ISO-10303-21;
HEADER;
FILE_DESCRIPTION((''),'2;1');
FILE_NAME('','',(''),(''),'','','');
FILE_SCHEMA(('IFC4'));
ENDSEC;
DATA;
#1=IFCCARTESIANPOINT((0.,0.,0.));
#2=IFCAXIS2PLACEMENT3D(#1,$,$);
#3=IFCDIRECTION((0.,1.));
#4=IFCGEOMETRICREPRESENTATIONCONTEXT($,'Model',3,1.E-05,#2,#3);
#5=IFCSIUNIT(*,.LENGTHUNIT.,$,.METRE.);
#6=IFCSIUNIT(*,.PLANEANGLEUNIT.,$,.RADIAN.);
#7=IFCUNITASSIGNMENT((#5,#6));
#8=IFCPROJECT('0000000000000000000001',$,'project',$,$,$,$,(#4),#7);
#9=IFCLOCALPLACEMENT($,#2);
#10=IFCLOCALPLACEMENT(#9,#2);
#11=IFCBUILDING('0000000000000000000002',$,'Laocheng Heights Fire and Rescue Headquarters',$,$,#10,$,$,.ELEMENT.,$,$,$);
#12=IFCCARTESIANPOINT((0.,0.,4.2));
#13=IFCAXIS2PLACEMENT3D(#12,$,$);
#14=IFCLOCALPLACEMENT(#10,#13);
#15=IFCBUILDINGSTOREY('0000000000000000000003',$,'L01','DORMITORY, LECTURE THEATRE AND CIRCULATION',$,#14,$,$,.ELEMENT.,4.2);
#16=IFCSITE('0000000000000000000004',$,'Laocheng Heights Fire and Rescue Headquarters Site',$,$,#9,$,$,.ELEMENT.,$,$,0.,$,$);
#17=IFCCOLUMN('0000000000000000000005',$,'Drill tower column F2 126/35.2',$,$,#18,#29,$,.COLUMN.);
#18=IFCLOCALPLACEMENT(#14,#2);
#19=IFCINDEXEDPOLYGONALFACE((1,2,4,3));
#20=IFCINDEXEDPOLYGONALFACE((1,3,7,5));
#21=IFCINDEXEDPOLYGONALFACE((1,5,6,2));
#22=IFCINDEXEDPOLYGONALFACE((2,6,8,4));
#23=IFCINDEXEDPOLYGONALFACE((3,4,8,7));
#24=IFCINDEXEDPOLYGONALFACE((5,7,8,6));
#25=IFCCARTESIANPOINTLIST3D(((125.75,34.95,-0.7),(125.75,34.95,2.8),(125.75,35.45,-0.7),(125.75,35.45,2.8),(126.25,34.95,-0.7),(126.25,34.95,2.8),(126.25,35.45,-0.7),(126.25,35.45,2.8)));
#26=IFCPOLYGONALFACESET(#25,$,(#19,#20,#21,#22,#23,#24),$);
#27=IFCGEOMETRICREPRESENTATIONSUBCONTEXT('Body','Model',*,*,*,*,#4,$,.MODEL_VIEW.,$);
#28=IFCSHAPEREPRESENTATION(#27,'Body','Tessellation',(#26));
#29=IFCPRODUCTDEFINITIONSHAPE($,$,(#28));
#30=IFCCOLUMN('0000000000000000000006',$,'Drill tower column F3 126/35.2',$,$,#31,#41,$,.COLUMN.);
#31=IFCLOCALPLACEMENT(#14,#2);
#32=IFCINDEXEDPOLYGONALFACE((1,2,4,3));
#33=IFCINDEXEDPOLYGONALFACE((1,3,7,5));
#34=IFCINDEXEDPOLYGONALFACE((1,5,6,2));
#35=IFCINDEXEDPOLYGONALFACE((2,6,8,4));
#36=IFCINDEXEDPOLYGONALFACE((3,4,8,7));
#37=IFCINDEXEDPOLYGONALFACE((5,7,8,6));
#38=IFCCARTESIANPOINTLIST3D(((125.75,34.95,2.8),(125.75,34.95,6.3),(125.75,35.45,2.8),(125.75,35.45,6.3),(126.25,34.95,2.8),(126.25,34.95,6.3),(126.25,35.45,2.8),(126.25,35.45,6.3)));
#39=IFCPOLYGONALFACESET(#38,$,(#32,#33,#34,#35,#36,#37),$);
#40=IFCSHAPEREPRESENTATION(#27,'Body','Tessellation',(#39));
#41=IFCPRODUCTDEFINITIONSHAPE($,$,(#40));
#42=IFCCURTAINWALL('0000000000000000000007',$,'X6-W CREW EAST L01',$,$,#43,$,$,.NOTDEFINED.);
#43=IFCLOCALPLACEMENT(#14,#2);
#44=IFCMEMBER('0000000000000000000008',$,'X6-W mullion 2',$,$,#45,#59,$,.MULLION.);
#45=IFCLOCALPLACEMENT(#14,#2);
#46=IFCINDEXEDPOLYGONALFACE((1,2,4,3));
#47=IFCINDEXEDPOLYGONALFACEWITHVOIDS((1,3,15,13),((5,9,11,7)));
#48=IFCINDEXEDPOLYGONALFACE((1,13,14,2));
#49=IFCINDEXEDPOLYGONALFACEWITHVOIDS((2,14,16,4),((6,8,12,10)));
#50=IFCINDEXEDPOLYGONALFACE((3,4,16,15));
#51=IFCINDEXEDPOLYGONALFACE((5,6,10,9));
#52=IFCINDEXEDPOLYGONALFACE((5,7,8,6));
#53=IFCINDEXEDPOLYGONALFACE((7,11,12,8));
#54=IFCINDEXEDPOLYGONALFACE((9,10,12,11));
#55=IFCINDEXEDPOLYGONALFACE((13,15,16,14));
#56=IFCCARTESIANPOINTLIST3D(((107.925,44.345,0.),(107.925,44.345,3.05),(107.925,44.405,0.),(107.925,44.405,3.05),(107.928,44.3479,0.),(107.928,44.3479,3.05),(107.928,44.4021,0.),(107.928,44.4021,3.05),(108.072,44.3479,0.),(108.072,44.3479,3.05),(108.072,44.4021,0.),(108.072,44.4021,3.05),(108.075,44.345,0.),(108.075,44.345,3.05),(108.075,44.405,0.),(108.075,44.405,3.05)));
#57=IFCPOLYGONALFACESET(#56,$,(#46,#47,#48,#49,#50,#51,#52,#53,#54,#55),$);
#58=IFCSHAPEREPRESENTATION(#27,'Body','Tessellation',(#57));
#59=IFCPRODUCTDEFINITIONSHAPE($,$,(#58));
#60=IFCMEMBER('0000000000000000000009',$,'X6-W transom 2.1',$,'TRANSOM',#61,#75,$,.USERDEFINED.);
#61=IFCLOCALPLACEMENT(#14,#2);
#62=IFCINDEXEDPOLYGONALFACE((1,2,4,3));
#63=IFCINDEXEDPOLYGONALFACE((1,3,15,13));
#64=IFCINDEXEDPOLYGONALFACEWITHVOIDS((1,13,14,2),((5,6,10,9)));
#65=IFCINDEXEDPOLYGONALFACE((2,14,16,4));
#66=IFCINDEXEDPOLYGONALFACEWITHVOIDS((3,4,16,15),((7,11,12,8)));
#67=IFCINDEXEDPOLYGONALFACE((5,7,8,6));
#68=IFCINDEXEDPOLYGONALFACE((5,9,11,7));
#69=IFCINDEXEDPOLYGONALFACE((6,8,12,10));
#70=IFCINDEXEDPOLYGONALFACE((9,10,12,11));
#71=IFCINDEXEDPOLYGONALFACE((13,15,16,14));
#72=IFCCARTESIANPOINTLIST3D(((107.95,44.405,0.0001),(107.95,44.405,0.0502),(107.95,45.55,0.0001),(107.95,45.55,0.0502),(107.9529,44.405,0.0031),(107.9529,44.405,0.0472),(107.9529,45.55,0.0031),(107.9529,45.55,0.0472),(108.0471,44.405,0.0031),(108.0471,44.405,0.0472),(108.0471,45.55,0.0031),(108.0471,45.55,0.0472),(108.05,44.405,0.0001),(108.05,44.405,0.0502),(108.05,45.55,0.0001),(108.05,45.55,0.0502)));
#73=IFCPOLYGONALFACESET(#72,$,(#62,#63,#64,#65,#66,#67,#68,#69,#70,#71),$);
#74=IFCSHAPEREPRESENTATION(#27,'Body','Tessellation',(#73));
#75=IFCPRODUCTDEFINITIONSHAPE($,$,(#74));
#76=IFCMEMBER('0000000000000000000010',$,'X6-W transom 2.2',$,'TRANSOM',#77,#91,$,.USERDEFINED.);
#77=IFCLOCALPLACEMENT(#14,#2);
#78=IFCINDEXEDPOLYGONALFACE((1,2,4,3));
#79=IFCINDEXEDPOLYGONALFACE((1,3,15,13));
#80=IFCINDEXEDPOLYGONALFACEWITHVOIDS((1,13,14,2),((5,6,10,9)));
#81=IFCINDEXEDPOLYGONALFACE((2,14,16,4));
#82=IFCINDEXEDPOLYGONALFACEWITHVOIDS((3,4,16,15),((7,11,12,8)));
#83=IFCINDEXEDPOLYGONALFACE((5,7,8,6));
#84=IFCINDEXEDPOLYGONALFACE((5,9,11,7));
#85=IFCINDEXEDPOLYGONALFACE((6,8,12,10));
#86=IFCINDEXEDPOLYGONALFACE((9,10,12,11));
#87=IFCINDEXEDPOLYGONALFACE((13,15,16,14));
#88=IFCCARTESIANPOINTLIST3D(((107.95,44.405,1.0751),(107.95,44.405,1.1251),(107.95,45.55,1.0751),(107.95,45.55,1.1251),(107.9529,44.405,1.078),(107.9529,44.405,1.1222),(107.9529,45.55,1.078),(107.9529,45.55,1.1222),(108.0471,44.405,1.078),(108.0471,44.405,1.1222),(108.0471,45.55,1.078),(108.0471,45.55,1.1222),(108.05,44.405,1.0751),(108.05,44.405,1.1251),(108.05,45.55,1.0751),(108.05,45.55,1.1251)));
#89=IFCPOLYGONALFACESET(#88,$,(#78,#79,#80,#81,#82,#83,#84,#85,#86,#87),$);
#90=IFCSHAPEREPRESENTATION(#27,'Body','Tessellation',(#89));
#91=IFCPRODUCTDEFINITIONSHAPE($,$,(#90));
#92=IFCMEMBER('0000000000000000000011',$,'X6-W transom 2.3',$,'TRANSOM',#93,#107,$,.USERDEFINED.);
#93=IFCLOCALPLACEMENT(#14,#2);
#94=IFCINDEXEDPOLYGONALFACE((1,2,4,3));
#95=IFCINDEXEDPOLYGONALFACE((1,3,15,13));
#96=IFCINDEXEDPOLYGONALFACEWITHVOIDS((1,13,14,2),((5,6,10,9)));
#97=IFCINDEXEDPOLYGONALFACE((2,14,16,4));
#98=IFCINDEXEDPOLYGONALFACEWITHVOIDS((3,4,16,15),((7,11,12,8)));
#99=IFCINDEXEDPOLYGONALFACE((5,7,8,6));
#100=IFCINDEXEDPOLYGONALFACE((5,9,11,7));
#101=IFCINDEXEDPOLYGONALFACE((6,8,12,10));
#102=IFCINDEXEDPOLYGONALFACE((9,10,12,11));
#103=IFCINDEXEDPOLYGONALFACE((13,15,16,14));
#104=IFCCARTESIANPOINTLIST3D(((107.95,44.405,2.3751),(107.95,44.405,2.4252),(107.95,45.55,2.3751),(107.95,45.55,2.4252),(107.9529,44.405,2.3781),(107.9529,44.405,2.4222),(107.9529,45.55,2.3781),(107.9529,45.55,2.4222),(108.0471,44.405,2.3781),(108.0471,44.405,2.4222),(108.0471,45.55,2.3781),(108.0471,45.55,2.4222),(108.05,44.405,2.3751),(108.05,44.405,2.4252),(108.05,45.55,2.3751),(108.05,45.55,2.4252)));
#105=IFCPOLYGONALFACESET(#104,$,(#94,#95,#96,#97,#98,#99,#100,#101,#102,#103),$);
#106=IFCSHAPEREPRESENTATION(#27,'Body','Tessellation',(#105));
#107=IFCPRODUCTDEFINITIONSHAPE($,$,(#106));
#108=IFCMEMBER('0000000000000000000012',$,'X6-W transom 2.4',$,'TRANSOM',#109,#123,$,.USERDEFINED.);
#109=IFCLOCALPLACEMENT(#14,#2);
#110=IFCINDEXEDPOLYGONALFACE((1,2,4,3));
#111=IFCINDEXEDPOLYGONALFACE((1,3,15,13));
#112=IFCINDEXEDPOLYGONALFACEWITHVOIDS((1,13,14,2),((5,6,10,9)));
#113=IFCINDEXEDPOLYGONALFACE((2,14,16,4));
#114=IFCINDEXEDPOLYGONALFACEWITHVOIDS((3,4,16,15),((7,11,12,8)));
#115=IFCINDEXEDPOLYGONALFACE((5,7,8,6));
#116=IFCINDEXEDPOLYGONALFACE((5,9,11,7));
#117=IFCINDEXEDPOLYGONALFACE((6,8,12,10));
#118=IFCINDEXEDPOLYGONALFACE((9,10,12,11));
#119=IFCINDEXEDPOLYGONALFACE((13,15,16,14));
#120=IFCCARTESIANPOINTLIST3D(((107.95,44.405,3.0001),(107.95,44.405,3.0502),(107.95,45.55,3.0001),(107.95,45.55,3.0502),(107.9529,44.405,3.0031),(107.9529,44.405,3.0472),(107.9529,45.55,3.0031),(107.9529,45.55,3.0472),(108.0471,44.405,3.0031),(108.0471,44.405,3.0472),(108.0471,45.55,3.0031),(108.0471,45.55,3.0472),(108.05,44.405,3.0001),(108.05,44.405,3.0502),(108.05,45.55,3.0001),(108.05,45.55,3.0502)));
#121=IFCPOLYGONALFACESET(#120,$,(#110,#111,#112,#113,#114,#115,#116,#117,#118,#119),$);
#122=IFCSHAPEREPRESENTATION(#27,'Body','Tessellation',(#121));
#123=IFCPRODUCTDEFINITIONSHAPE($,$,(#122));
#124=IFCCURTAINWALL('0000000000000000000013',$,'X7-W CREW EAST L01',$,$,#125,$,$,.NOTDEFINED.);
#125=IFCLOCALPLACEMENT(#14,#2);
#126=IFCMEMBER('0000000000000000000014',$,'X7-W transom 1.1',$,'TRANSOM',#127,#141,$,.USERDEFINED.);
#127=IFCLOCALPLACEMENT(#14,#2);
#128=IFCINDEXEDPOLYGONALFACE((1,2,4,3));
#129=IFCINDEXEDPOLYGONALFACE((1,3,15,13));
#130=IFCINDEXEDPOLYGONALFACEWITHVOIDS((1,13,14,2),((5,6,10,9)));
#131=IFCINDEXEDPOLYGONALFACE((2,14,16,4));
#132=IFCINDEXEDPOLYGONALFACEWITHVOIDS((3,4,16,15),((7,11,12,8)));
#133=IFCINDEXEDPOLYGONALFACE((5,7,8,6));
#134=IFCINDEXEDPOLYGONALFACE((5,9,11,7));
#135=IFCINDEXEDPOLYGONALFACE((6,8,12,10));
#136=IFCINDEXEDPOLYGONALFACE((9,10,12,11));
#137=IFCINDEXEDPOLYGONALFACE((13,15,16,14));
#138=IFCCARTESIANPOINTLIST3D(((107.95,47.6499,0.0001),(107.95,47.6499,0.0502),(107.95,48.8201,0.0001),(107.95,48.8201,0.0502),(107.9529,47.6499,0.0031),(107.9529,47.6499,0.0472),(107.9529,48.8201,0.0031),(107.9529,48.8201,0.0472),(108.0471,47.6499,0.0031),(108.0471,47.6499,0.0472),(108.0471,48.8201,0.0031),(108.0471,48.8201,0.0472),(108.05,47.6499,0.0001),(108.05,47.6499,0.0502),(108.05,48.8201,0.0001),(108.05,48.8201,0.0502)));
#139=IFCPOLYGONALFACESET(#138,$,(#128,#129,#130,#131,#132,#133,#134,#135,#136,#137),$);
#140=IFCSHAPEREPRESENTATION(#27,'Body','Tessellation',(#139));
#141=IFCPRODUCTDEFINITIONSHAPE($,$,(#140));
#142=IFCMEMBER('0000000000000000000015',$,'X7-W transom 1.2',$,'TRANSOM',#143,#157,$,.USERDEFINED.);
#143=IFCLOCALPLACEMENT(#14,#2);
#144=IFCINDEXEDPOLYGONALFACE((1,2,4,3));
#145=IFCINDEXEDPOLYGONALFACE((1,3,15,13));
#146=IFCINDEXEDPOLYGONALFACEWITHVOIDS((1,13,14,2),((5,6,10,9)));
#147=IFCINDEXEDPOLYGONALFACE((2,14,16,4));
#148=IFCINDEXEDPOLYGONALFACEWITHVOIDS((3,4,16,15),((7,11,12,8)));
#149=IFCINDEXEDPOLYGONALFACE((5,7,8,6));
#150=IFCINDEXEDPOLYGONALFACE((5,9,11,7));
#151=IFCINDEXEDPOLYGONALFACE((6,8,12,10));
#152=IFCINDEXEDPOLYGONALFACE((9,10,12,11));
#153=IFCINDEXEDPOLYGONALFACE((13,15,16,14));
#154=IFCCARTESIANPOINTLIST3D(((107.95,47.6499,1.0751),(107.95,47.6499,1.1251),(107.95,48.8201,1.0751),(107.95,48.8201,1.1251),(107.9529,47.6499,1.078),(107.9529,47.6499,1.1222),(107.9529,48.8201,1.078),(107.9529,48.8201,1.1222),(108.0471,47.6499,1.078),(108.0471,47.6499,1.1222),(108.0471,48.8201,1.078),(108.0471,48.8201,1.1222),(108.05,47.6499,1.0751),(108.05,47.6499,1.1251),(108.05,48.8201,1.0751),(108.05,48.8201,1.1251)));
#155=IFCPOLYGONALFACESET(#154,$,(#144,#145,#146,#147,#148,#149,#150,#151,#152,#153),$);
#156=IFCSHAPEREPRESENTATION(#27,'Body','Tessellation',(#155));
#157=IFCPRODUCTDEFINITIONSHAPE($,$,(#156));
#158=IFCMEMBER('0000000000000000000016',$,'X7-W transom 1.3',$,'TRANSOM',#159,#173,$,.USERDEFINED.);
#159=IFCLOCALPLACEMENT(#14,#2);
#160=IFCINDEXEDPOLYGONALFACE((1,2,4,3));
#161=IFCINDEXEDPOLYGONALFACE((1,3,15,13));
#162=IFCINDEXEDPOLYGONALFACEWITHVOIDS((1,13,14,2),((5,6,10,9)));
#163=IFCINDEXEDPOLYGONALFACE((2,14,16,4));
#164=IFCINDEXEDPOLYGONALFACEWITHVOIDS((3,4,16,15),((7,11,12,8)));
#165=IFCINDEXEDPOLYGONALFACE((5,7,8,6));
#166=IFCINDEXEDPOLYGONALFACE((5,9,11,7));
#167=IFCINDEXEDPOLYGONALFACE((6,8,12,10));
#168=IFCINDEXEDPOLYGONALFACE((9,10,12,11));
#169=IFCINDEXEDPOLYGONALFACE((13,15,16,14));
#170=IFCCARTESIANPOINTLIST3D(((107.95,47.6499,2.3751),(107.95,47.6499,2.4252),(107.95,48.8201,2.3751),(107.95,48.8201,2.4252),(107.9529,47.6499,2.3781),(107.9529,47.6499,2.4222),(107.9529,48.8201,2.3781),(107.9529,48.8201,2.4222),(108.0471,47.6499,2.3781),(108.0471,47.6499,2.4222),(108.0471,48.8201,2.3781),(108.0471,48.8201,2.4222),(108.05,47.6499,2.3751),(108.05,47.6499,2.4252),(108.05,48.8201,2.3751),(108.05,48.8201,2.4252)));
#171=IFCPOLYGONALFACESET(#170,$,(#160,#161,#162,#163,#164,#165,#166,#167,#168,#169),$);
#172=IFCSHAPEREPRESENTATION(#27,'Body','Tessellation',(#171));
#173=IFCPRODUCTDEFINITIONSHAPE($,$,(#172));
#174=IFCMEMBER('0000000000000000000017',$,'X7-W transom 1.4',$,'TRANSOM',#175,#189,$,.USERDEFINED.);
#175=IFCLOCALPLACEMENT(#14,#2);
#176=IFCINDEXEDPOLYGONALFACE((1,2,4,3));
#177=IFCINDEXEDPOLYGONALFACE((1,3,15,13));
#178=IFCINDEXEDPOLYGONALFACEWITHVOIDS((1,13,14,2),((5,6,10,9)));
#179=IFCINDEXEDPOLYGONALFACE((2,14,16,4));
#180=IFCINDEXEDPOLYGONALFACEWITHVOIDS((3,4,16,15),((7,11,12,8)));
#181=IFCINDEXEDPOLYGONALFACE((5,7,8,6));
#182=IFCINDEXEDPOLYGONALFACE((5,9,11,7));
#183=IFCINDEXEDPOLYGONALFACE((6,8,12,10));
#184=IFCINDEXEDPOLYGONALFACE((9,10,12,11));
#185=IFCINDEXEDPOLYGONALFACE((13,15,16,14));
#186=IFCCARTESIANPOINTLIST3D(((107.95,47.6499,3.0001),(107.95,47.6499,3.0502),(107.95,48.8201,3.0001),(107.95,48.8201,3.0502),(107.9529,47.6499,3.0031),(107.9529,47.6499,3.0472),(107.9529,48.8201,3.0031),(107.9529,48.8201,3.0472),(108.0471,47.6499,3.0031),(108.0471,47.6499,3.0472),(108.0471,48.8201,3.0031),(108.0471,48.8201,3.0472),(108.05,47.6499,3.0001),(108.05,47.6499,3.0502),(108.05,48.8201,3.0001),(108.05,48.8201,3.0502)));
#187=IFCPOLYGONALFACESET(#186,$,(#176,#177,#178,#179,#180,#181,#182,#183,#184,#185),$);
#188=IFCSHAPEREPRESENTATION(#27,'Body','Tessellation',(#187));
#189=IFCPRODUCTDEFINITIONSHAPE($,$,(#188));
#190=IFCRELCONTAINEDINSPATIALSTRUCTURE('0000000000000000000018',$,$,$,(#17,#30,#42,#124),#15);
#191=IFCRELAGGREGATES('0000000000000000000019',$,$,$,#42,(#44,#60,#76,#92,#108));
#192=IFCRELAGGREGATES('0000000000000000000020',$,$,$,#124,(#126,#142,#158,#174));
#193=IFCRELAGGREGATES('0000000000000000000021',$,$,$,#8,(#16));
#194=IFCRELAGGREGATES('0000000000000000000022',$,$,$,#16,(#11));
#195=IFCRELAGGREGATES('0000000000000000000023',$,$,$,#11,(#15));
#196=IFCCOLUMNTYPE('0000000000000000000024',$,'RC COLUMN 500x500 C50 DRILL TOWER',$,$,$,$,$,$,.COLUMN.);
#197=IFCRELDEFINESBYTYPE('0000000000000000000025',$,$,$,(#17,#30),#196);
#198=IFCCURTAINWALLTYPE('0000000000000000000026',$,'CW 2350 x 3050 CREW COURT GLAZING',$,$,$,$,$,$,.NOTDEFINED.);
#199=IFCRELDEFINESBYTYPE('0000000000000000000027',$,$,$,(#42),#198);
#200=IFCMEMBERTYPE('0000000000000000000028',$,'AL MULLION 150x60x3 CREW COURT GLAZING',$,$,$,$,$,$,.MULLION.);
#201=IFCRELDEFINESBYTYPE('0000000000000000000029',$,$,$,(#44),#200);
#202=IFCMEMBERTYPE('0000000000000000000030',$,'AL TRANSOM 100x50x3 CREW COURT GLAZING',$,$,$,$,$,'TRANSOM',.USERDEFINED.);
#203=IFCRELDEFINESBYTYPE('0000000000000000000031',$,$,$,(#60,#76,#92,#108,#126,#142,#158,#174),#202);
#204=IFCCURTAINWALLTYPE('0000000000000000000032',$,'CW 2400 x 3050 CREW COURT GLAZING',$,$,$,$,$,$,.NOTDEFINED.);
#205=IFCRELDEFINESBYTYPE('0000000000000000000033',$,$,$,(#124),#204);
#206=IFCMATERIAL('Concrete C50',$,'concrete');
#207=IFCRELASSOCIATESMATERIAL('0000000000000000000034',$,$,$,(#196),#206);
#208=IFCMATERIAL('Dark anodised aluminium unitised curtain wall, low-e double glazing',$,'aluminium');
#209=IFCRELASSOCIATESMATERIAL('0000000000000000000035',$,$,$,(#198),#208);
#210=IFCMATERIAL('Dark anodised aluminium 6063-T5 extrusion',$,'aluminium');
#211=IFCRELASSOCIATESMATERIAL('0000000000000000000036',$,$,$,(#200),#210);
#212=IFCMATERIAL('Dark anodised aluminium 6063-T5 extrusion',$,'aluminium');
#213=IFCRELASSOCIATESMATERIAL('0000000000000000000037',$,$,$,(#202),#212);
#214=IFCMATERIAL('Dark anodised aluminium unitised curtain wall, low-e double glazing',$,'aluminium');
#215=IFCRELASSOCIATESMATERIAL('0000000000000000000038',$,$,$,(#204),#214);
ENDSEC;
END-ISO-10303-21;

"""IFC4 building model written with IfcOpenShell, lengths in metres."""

from ifc_helpers import new_model, si_unit, direction, frame, origin, origin_2d, place, context, subcontext, project, spatial, rectangle, hollow_rectangle, extrude, material, material_profile, profile_set, type_object, element, aggregate, save


model = new_model("IFC4")

# Units and contexts
model_context = context("Model", 3, precision=1e-05, world=origin(), true_north=direction((0.0, 1.0)))
body_context = subcontext(model_context, "Body", "Model", "MODEL_VIEW")
ifc_project = project(units=[si_unit("LENGTHUNIT", "METRE"), si_unit("PLANEANGLEUNIT", "RADIAN")], contexts=[model_context])

# Site, building, storey
site_placement = place(None, origin())
site = spatial("IfcSite", under=ifc_project, at=site_placement, Name="Laocheng Heights Fire and Rescue Headquarters Site", CompositionType="ELEMENT", RefElevation=0.0)
building_placement = place(site_placement, origin())
building = spatial("IfcBuilding", under=site, at=building_placement, Name="Laocheng Heights Fire and Rescue Headquarters", CompositionType="ELEMENT")
storey_placement = place(building_placement, frame((0.0, 0.0, 4.2)))
storey = spatial("IfcBuildingStorey", under=building, at=storey_placement, Name="L01", Description="DORMITORY, LECTURE THEATRE AND CIRCULATION", CompositionType="ELEMENT", Elevation=4.2)

# Columns
ifc_material_1 = material(Name="Concrete C50", Category="concrete")
ifc_material_profile_1 = material_profile(ifc_material_1, rectangle(XDim=0.5, YDim=0.5, at=origin_2d()), Name="RC COLUMN 500x500 C50 DRILL TOWER")
ifc_profile_set_1 = profile_set([ifc_material_profile_1], Name="Concrete C50")
column_type = type_object("IfcColumnType", Name="RC COLUMN 500x500 C50 DRILL TOWER", PredefinedType="COLUMN", material=ifc_profile_set_1)
for number, where, z_axis, x_axis, name in (
    (1, (126.0, 35.2, -0.7), (0.0, 0.0, 1.0), (1.0, 0.0, 0.0), "Drill tower column F2 126/35.2"),
    (2, (126.0, 35.2, 2.8), (0.0, 0.0, 1.0), (1.0, 0.0, 0.0), "Drill tower column F3 126/35.2"),
):
    element("IfcColumn", number, at=place(storey_placement, frame(where, z_axis=z_axis, x_axis=x_axis)), inside=storey, type_object=column_type, Name=name, PredefinedType="COLUMN", context=body_context, shape_type="SweptSolid", body=[
        extrude(rectangle(XDim=0.5, YDim=0.5, at=origin_2d()), origin(), (0.0, 0.0, 1.0), 3.5),
    ])

# Curtain walls, members
ifc_material_2 = material(Name="Dark anodised aluminium unitised curtain wall, low-e double glazing", Category="aluminium")
curtain_wall_type_1 = type_object("IfcCurtainWallType", Name="CW 2350 x 3050 CREW COURT GLAZING", PredefinedType="NOTDEFINED", material=ifc_material_2)
curtain_wall_1_placement = place(storey_placement, origin())
curtain_wall_1 = element("IfcCurtainWall", 3, at=curtain_wall_1_placement, inside=storey, type_object=curtain_wall_type_1, Name="X6-W CREW EAST L01", PredefinedType="NOTDEFINED")
ifc_material_3 = material(Name="Dark anodised aluminium 6063-T5 extrusion", Category="aluminium")
ifc_material_profile_2 = material_profile(ifc_material_3, hollow_rectangle(XDim=0.1499, YDim=0.0601, WallThickness=0.0029, at=origin_2d()), Name="AL MULLION 150x60x3 CREW COURT GLAZING")
ifc_profile_set_2 = profile_set([ifc_material_profile_2], Name="Dark anodised aluminium 6063-T5 extrusion")
member_type_1 = type_object("IfcMemberType", Name="AL MULLION 150x60x3 CREW COURT GLAZING", PredefinedType="MULLION", material=ifc_profile_set_2)
member_1_placement = place(storey_placement, frame((108.0, 44.375, 0.0), z_axis=(0.0, 0.0, 1.0), x_axis=(-1.0, 0.0, 0.0)))
member_1 = element("IfcMember", 4, at=member_1_placement, type_object=member_type_1, Name="X6-W mullion 2", PredefinedType="MULLION", context=body_context, shape_type="SweptSolid", body=[
    extrude(hollow_rectangle(XDim=0.1499, YDim=0.0601, WallThickness=0.0029, at=origin_2d()), origin(), (0.0, 0.0, 1.0), 3.05),
])
ifc_material_4 = material(Name="Dark anodised aluminium 6063-T5 extrusion", Category="aluminium")
ifc_material_profile_3 = material_profile(ifc_material_4, hollow_rectangle(XDim=0.1001, YDim=0.05, WallThickness=0.0029, at=origin_2d()), Name="AL TRANSOM 100x50x3 CREW COURT GLAZING")
ifc_profile_set_3 = profile_set([ifc_material_profile_3], Name="Dark anodised aluminium 6063-T5 extrusion")
member_type_2 = type_object("IfcMemberType", Name="AL TRANSOM 100x50x3 CREW COURT GLAZING", ElementType="TRANSOM", PredefinedType="USERDEFINED", material=ifc_profile_set_3)
member_2_placement = place(storey_placement, frame((108.0, 44.405, 0.0251), z_axis=(0.0, 1.0, 0.0), x_axis=(-1.0, 0.0, 0.0)))
member_2 = element("IfcMember", 5, at=member_2_placement, type_object=member_type_2, Name="X6-W transom 2.1", ObjectType="TRANSOM", PredefinedType="USERDEFINED", context=body_context, shape_type="SweptSolid", body=[
    extrude(hollow_rectangle(XDim=0.1001, YDim=0.05, WallThickness=0.0029, at=origin_2d()), origin(), (0.0, 0.0, 1.0), 1.145),
])
member_3_placement = place(storey_placement, frame((108.0, 44.405, 1.1001), z_axis=(0.0, 1.0, 0.0), x_axis=(-1.0, 0.0, 0.0)))
member_3 = element("IfcMember", 6, at=member_3_placement, type_object=member_type_2, Name="X6-W transom 2.2", ObjectType="TRANSOM", PredefinedType="USERDEFINED", context=body_context, shape_type="SweptSolid", body=[
    extrude(hollow_rectangle(XDim=0.1001, YDim=0.05, WallThickness=0.0029, at=origin_2d()), origin(), (0.0, 0.0, 1.0), 1.145),
])
member_4_placement = place(storey_placement, frame((108.0, 44.405, 2.4001), z_axis=(0.0, 1.0, 0.0), x_axis=(-1.0, 0.0, 0.0)))
member_4 = element("IfcMember", 7, at=member_4_placement, type_object=member_type_2, Name="X6-W transom 2.3", ObjectType="TRANSOM", PredefinedType="USERDEFINED", context=body_context, shape_type="SweptSolid", body=[
    extrude(hollow_rectangle(XDim=0.1001, YDim=0.05, WallThickness=0.0029, at=origin_2d()), origin(), (0.0, 0.0, 1.0), 1.145),
])
member_5_placement = place(storey_placement, frame((108.0, 44.405, 3.0251), z_axis=(0.0, 1.0, 0.0), x_axis=(-1.0, 0.0, 0.0)))
member_5 = element("IfcMember", 8, at=member_5_placement, type_object=member_type_2, Name="X6-W transom 2.4", ObjectType="TRANSOM", PredefinedType="USERDEFINED", context=body_context, shape_type="SweptSolid", body=[
    extrude(hollow_rectangle(XDim=0.1001, YDim=0.05, WallThickness=0.0029, at=origin_2d()), origin(), (0.0, 0.0, 1.0), 1.145),
])
ifc_material_5 = material(Name="Dark anodised aluminium unitised curtain wall, low-e double glazing", Category="aluminium")
curtain_wall_type_2 = type_object("IfcCurtainWallType", Name="CW 2400 x 3050 CREW COURT GLAZING", PredefinedType="NOTDEFINED", material=ifc_material_5)
curtain_wall_2_placement = place(storey_placement, origin())
curtain_wall_2 = element("IfcCurtainWall", 9, at=curtain_wall_2_placement, inside=storey, type_object=curtain_wall_type_2, Name="X7-W CREW EAST L01", PredefinedType="NOTDEFINED")
member_6_placement = place(storey_placement, frame((108.0, 47.6499, 0.0251), z_axis=(0.0, 1.0, 0.0), x_axis=(-1.0, 0.0, 0.0)))
member_6 = element("IfcMember", 10, at=member_6_placement, type_object=member_type_2, Name="X7-W transom 1.1", ObjectType="TRANSOM", PredefinedType="USERDEFINED", context=body_context, shape_type="SweptSolid", body=[
    extrude(hollow_rectangle(XDim=0.1001, YDim=0.05, WallThickness=0.0029, at=origin_2d()), origin(), (0.0, 0.0, 1.0), 1.1702),
])
member_7_placement = place(storey_placement, frame((108.0, 47.6499, 1.1001), z_axis=(0.0, 1.0, 0.0), x_axis=(-1.0, 0.0, 0.0)))
member_7 = element("IfcMember", 11, at=member_7_placement, type_object=member_type_2, Name="X7-W transom 1.2", ObjectType="TRANSOM", PredefinedType="USERDEFINED", context=body_context, shape_type="SweptSolid", body=[
    extrude(hollow_rectangle(XDim=0.1001, YDim=0.05, WallThickness=0.0029, at=origin_2d()), origin(), (0.0, 0.0, 1.0), 1.1702),
])
member_8_placement = place(storey_placement, frame((108.0, 47.6499, 2.4001), z_axis=(0.0, 1.0, 0.0), x_axis=(-1.0, 0.0, 0.0)))
member_8 = element("IfcMember", 12, at=member_8_placement, type_object=member_type_2, Name="X7-W transom 1.3", ObjectType="TRANSOM", PredefinedType="USERDEFINED", context=body_context, shape_type="SweptSolid", body=[
    extrude(hollow_rectangle(XDim=0.1001, YDim=0.05, WallThickness=0.0029, at=origin_2d()), origin(), (0.0, 0.0, 1.0), 1.1702),
])
member_9_placement = place(storey_placement, frame((108.0, 47.6499, 3.0251), z_axis=(0.0, 1.0, 0.0), x_axis=(-1.0, 0.0, 0.0)))
member_9 = element("IfcMember", 13, at=member_9_placement, type_object=member_type_2, Name="X7-W transom 1.4", ObjectType="TRANSOM", PredefinedType="USERDEFINED", context=body_context, shape_type="SweptSolid", body=[
    extrude(hollow_rectangle(XDim=0.1001, YDim=0.05, WallThickness=0.0029, at=origin_2d()), origin(), (0.0, 0.0, 1.0), 1.1702),
])

aggregate(curtain_wall_1, [member_1, member_2, member_3, member_4, member_5])
aggregate(curtain_wall_2, [member_6, member_7, member_8, member_9])

save(model, "model.ifc")
